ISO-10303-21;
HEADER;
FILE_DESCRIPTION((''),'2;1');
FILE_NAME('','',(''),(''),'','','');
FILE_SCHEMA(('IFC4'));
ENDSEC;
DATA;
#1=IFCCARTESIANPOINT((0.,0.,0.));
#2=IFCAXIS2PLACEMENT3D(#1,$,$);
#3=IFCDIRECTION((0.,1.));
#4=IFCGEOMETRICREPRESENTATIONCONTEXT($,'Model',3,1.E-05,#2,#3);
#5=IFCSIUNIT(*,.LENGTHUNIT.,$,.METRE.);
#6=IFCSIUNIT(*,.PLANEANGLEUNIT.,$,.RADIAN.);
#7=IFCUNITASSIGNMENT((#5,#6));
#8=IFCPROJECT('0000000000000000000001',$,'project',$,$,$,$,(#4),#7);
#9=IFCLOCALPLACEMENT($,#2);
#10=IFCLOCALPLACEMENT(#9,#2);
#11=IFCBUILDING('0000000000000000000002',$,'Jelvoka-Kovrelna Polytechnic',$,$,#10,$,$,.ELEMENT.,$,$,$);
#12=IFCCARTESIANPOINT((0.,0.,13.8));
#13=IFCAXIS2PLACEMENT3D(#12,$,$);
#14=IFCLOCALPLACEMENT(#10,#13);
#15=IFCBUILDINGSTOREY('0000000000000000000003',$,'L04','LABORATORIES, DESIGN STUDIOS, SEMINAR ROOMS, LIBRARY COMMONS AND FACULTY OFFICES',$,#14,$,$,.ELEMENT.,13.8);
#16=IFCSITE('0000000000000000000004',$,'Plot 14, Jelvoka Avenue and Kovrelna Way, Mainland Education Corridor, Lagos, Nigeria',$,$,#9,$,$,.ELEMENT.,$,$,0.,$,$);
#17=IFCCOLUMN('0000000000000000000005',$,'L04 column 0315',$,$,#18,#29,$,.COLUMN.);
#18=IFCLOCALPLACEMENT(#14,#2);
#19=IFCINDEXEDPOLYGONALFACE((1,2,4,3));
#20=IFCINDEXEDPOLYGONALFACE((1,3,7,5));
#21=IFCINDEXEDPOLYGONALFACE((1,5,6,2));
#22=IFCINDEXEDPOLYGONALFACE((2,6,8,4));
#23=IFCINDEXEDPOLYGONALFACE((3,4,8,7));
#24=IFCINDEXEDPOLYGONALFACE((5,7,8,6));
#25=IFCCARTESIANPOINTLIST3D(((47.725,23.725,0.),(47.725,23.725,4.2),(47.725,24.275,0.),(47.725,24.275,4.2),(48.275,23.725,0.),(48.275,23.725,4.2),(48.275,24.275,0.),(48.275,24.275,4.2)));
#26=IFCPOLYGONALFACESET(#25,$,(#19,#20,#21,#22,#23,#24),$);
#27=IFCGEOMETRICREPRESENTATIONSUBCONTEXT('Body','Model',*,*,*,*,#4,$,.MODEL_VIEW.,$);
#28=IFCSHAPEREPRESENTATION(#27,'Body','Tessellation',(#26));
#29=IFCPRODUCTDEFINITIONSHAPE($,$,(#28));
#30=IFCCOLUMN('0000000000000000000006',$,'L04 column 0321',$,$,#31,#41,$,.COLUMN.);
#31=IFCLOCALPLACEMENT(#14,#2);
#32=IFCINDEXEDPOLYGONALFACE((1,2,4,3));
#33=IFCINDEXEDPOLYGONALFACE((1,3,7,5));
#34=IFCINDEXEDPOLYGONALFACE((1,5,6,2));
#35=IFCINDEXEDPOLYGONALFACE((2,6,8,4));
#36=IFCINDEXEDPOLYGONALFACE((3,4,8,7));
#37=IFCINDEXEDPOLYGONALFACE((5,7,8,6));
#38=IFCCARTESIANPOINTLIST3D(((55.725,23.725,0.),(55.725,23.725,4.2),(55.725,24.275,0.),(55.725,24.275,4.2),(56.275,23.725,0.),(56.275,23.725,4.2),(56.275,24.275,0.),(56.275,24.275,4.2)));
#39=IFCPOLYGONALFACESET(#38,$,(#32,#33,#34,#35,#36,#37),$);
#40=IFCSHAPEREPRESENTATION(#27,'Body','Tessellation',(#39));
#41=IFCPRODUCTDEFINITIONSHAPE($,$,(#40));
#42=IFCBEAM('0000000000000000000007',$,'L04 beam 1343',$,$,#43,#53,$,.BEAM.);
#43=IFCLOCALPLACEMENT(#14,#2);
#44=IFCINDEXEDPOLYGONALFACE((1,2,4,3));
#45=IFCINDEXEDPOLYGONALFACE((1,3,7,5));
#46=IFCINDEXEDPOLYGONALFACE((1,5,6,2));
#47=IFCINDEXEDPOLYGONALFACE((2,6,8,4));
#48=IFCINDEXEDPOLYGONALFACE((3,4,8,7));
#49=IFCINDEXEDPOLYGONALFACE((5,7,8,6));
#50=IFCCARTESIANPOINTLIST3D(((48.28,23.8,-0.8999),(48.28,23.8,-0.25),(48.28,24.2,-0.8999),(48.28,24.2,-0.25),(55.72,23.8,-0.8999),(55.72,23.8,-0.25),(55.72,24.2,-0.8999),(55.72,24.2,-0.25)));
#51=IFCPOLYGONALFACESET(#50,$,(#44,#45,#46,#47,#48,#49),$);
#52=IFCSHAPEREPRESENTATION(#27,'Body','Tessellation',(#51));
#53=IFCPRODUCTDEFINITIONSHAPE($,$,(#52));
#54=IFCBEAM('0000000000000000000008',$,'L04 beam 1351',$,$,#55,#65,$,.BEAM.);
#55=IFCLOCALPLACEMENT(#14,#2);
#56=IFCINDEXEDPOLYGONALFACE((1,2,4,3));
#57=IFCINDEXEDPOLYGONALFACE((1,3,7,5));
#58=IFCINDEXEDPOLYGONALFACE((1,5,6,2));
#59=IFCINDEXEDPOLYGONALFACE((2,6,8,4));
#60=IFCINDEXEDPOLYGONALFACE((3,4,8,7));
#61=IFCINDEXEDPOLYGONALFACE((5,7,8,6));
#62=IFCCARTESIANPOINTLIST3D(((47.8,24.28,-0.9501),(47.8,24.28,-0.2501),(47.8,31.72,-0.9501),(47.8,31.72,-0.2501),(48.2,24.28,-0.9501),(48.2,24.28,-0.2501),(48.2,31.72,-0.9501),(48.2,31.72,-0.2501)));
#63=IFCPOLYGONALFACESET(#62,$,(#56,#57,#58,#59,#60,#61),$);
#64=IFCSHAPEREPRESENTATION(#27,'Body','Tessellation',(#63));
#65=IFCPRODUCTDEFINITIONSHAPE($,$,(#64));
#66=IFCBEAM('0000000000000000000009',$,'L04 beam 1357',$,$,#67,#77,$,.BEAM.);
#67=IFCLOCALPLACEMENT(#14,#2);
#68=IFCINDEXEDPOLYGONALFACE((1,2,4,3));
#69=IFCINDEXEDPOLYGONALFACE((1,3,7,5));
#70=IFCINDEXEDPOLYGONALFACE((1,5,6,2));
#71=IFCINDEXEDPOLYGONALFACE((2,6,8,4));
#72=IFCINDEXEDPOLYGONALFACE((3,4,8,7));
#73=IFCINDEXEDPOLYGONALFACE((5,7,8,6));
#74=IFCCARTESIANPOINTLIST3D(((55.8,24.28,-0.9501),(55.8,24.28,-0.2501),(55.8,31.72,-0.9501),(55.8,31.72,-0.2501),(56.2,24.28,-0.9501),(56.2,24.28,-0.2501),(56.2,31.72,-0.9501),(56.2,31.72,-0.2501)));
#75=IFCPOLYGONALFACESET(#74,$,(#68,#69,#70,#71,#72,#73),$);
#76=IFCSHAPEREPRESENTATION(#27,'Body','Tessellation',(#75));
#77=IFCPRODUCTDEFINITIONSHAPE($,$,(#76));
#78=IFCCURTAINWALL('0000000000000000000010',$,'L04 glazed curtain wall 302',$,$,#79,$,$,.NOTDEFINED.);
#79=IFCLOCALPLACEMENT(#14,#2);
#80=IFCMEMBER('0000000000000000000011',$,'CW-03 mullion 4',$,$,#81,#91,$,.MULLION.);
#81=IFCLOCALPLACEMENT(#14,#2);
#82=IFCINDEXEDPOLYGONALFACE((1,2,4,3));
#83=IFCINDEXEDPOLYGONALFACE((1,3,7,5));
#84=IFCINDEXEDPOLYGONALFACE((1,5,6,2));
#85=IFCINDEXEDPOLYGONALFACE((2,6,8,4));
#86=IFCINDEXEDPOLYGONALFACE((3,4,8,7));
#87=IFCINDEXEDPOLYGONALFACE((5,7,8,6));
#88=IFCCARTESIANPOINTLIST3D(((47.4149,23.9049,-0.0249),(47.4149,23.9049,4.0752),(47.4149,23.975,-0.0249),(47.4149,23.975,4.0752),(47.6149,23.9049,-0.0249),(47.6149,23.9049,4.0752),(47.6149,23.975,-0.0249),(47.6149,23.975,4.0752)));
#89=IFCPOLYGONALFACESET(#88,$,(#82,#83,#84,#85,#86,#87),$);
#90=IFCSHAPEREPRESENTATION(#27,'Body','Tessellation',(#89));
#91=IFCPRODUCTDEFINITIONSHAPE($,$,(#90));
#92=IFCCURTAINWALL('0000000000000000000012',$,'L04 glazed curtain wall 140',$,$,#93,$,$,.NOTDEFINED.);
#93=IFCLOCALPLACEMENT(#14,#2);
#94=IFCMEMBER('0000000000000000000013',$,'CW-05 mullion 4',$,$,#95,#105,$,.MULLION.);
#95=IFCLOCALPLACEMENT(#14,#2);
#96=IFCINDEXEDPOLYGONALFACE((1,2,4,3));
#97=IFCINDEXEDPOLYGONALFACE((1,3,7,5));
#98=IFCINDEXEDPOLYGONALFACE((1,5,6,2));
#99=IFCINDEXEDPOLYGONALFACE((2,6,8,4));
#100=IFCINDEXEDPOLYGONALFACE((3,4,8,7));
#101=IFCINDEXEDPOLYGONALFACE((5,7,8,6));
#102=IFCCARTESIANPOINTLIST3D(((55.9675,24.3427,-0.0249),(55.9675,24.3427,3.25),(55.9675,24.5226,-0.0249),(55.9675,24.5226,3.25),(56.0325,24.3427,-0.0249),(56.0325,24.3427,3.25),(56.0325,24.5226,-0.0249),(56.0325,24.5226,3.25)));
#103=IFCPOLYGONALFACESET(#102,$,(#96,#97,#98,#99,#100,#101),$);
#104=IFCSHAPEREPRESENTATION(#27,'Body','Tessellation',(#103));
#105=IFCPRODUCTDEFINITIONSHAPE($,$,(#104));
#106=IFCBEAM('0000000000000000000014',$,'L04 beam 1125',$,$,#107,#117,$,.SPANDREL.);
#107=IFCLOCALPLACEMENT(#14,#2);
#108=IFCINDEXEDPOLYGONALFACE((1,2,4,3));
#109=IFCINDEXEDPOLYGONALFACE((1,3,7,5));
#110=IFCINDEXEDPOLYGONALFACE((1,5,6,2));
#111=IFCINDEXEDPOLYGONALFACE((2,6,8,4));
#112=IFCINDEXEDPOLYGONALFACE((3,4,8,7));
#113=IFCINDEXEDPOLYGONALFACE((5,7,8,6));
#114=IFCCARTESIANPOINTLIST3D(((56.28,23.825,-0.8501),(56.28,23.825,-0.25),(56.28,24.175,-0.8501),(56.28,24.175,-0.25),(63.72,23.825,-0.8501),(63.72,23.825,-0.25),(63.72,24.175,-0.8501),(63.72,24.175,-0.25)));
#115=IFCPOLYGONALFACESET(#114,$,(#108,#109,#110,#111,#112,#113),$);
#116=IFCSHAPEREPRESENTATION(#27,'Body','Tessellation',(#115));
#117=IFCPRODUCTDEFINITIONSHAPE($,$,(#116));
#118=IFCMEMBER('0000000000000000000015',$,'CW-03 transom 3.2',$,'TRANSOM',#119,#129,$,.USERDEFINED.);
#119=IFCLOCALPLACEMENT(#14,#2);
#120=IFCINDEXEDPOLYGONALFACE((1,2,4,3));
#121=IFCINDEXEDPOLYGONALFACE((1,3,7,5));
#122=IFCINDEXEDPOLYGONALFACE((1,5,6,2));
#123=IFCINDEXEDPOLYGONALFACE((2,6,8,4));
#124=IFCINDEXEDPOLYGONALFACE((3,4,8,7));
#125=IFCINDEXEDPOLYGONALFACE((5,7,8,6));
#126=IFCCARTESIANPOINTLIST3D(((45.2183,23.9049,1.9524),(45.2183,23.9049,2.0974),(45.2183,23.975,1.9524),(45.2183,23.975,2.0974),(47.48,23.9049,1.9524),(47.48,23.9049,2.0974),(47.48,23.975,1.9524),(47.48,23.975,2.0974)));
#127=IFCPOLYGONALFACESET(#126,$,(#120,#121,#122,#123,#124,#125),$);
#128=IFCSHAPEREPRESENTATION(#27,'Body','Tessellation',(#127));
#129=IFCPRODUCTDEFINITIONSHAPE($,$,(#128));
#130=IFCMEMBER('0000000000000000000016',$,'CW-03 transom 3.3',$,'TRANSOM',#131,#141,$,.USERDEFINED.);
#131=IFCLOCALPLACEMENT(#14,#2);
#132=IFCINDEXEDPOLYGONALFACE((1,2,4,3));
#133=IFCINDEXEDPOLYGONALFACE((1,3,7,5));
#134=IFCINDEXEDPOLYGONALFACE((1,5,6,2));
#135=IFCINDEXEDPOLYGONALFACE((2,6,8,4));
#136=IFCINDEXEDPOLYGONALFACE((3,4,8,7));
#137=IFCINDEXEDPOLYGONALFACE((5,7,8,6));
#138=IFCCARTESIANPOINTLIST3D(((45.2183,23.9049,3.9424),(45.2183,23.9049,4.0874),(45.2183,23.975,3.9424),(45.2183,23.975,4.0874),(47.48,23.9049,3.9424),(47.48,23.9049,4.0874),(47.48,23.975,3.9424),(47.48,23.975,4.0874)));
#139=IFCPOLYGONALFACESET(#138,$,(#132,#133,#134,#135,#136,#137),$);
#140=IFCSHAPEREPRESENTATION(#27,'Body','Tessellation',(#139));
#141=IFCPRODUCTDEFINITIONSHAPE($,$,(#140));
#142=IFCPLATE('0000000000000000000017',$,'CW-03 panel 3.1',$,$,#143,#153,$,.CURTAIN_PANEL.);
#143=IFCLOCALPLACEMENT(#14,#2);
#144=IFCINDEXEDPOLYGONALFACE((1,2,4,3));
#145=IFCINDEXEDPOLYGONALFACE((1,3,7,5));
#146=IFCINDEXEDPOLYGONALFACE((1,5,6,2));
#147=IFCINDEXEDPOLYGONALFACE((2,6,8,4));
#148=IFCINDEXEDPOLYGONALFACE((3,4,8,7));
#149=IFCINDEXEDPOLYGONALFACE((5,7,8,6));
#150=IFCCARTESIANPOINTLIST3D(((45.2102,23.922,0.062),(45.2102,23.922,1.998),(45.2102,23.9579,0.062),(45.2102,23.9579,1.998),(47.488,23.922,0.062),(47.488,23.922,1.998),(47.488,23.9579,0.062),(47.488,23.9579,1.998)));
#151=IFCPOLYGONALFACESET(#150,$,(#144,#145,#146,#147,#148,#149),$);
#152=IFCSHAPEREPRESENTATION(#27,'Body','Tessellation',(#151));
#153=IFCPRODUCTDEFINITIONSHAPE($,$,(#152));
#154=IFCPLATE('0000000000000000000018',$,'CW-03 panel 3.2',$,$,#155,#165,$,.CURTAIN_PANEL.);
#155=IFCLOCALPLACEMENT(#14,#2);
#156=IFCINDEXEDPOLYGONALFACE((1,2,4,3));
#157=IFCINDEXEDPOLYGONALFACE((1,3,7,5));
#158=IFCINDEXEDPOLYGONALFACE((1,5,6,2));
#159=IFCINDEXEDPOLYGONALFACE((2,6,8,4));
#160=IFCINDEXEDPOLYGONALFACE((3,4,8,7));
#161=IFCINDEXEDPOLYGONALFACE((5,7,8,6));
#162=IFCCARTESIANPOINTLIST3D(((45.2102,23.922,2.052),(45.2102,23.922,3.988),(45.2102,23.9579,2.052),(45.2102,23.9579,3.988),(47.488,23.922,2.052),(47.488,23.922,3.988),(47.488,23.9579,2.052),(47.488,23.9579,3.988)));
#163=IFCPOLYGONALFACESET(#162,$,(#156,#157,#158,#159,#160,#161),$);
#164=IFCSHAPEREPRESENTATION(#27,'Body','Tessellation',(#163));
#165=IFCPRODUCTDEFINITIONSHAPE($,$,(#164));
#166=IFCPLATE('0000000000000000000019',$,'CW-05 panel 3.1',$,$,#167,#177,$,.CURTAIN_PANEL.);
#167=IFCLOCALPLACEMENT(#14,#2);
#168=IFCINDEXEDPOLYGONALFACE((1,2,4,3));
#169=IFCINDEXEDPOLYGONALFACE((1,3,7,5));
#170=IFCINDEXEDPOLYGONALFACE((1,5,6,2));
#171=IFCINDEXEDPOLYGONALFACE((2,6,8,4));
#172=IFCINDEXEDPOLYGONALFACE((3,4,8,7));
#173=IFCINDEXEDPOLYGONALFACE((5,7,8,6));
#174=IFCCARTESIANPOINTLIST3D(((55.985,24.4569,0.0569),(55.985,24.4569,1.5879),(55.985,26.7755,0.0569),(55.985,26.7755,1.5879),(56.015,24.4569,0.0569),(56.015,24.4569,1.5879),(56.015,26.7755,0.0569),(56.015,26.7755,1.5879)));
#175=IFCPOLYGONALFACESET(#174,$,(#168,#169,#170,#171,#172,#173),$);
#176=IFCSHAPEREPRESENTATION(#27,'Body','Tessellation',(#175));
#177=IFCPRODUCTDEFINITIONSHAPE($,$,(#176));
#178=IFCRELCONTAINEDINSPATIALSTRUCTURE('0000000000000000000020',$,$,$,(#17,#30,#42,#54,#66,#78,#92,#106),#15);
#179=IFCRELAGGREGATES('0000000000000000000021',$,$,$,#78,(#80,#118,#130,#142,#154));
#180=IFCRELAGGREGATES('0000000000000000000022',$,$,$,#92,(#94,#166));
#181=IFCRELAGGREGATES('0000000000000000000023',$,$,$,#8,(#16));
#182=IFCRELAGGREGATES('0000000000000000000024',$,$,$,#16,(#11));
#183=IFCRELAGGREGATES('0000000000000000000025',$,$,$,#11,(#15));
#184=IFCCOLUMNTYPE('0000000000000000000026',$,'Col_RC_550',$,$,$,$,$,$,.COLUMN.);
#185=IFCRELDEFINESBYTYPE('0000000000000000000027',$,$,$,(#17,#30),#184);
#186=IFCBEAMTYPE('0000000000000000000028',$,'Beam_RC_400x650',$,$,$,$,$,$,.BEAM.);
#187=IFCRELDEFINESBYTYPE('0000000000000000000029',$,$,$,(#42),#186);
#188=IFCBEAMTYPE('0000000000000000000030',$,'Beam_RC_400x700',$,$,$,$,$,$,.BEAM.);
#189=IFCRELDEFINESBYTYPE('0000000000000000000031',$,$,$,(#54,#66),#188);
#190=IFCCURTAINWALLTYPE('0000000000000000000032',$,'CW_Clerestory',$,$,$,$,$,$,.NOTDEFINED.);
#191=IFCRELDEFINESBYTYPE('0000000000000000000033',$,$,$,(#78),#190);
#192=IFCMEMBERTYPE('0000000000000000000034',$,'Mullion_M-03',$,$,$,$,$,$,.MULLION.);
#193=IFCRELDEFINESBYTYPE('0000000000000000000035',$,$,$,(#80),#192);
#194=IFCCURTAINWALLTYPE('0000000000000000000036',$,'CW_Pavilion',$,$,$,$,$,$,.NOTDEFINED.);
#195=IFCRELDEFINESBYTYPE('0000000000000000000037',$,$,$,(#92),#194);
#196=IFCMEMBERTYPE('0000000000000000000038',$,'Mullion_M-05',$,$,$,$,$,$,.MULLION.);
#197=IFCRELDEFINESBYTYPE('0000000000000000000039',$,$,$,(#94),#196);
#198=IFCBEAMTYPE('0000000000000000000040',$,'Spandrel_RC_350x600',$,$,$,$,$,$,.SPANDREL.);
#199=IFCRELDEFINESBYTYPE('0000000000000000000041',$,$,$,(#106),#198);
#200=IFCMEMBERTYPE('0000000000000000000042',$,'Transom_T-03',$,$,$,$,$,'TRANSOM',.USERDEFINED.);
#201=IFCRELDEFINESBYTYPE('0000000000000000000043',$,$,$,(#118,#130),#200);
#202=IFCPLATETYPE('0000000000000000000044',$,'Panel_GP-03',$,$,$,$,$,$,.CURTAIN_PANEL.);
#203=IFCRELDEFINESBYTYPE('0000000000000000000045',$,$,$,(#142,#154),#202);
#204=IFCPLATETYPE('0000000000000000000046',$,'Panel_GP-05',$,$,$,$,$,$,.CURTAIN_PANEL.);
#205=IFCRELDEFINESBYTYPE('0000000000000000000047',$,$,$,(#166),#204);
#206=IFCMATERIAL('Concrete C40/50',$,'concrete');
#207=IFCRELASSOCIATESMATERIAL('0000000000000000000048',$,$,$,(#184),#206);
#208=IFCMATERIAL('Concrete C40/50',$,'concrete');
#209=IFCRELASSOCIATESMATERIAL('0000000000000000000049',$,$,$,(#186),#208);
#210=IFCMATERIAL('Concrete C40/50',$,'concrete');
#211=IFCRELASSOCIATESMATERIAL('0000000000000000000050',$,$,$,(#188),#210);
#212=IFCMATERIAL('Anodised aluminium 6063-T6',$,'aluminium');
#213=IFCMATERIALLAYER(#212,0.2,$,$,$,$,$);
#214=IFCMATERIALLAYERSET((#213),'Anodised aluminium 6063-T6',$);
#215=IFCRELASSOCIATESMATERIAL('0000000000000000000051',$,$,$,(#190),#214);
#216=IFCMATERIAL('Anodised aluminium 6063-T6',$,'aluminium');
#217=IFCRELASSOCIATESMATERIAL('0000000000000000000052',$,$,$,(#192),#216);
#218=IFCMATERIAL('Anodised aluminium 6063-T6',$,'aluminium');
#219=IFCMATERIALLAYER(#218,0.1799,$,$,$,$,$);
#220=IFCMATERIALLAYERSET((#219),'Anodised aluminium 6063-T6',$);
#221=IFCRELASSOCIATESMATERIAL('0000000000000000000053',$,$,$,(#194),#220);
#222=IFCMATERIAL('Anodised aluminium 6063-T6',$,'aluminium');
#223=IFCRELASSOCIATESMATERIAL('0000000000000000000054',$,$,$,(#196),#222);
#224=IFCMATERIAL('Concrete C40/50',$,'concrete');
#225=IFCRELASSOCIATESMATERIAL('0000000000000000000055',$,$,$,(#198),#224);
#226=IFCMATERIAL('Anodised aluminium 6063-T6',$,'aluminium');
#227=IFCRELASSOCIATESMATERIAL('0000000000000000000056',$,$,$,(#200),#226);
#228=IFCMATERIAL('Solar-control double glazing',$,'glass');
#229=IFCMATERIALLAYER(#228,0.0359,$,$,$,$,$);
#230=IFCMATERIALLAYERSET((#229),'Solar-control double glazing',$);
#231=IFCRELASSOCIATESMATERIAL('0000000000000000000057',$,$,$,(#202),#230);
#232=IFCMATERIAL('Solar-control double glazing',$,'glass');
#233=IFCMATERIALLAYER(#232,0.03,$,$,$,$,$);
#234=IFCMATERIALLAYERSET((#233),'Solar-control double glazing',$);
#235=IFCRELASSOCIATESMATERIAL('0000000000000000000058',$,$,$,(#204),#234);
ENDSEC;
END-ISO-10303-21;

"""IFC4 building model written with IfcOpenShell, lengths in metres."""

from ifc_helpers import new_model, si_unit, direction, frame, origin, origin_2d, place, context, subcontext, project, spatial, rectangle, extrude, material, layer, layer_set, material_profile, profile_set, type_object, element, aggregate, save


model = new_model("IFC4")

# Units and contexts
model_context = context("Model", 3, precision=1e-05, world=origin(), true_north=direction((0.0, 1.0)))
body_context = subcontext(model_context, "Body", "Model", "MODEL_VIEW")
ifc_project = project(units=[si_unit("LENGTHUNIT", "METRE"), si_unit("PLANEANGLEUNIT", "RADIAN")], contexts=[model_context])

# Site, building, storey
site_placement = place(None, origin())
site = spatial("IfcSite", under=ifc_project, at=site_placement, Name="Plot 14, Jelvoka Avenue and Kovrelna Way, Mainland Education Corridor, Lagos, Nigeria", CompositionType="ELEMENT", RefElevation=0.0)
building_placement = place(site_placement, origin())
building = spatial("IfcBuilding", under=site, at=building_placement, Name="Jelvoka-Kovrelna Polytechnic", CompositionType="ELEMENT")
storey_placement = place(building_placement, frame((0.0, 0.0, 13.8)))
storey = spatial("IfcBuildingStorey", under=building, at=storey_placement, Name="L04", Description="LABORATORIES, DESIGN STUDIOS, SEMINAR ROOMS, LIBRARY COMMONS AND FACULTY OFFICES", CompositionType="ELEMENT", Elevation=13.8)

# Columns
ifc_material_1 = material(Name="Concrete C40/50", Category="concrete")
ifc_material_profile_1 = material_profile(ifc_material_1, rectangle(XDim=0.55, YDim=0.55, at=origin_2d()), Name="RC 550x550")
ifc_profile_set_1 = profile_set([ifc_material_profile_1], Name="Concrete C40/50")
column_type = type_object("IfcColumnType", Name="Col_RC_550", PredefinedType="COLUMN", material=ifc_profile_set_1)
for number, where, z_axis, x_axis, name in (
    (1, (48.0, 24.0, 0.0), (0.0, 0.0, 1.0), (1.0, 0.0, 0.0), "L04 column 0315"),
    (2, (56.0, 24.0, 0.0), (0.0, 0.0, 1.0), (1.0, 0.0, 0.0), "L04 column 0321"),
):
    element("IfcColumn", number, at=place(storey_placement, frame(where, z_axis=z_axis, x_axis=x_axis)), inside=storey, type_object=column_type, Name=name, PredefinedType="COLUMN", context=body_context, shape_type="SweptSolid", body=[
        extrude(rectangle(XDim=0.55, YDim=0.55, at=origin_2d()), origin(), (0.0, 0.0, 1.0), 4.2),
    ])

# Beams
ifc_material_2 = material(Name="Concrete C40/50", Category="concrete")
ifc_material_profile_2 = material_profile(ifc_material_2, rectangle(XDim=0.3999, YDim=0.6499, at=origin_2d()), Name="RC 400x650")
ifc_profile_set_2 = profile_set([ifc_material_profile_2], Name="Concrete C40/50")
beam_type_1 = type_object("IfcBeamType", Name="Beam_RC_400x650", PredefinedType="BEAM", material=ifc_profile_set_2)
beam_1_placement = place(storey_placement, frame((48.28, 24.0, -0.575), z_axis=(1.0, 0.0, 0.0), x_axis=(0.0, 1.0, 0.0)))
element("IfcBeam", 3, at=beam_1_placement, inside=storey, type_object=beam_type_1, Name="L04 beam 1343", PredefinedType="BEAM", context=body_context, shape_type="SweptSolid", body=[
    extrude(rectangle(XDim=0.3999, YDim=0.6499, at=origin_2d()), origin(), (0.0, 0.0, 1.0), 7.4399),
])
ifc_material_3 = material(Name="Concrete C40/50", Category="concrete")
ifc_material_profile_3 = material_profile(ifc_material_3, rectangle(XDim=0.3999, YDim=0.7, at=origin_2d()), Name="RC 400x700")
ifc_profile_set_3 = profile_set([ifc_material_profile_3], Name="Concrete C40/50")
beam_type_2 = type_object("IfcBeamType", Name="Beam_RC_400x700", PredefinedType="BEAM", material=ifc_profile_set_3)
for number, where, z_axis, x_axis, name in (
    (4, (48.0, 24.28, -0.6001), (0.0, 1.0, 0.0), (-1.0, 0.0, 0.0), "L04 beam 1351"),
    (5, (56.0, 24.28, -0.6001), (0.0, 1.0, 0.0), (-1.0, 0.0, 0.0), "L04 beam 1357"),
):
    element("IfcBeam", number, at=place(storey_placement, frame(where, z_axis=z_axis, x_axis=x_axis)), inside=storey, type_object=beam_type_2, Name=name, PredefinedType="BEAM", context=body_context, shape_type="SweptSolid", body=[
        extrude(rectangle(XDim=0.3999, YDim=0.7, at=origin_2d()), origin(), (0.0, 0.0, 1.0), 7.4399),
    ])

# Curtain walls, members
ifc_material_4 = material(Name="Anodised aluminium 6063-T6", Category="aluminium")
ifc_layer_1 = layer(ifc_material_4, 0.2)
ifc_layer_set_1 = layer_set([ifc_layer_1], Name="Anodised aluminium 6063-T6")
curtain_wall_type_1 = type_object("IfcCurtainWallType", Name="CW_Clerestory", PredefinedType="NOTDEFINED", material=ifc_layer_set_1)
curtain_wall_1_placement = place(storey_placement, origin())
curtain_wall_1 = element("IfcCurtainWall", 6, at=curtain_wall_1_placement, inside=storey, type_object=curtain_wall_type_1, Name="L04 glazed curtain wall 302", PredefinedType="NOTDEFINED")
ifc_material_5 = material(Name="Anodised aluminium 6063-T6", Category="aluminium")
ifc_material_profile_4 = material_profile(ifc_material_5, rectangle(XDim=0.0701, YDim=0.2, at=origin_2d()), Name="ALU 70x200")
ifc_profile_set_4 = profile_set([ifc_material_profile_4], Name="Anodised aluminium 6063-T6")
member_type_1 = type_object("IfcMemberType", Name="Mullion_M-03", PredefinedType="MULLION", material=ifc_profile_set_4)
member_1_placement = place(storey_placement, frame((47.5149, 23.9399, -0.0249), z_axis=(0.0, 0.0, 1.0), x_axis=(0.0, 1.0, 0.0)))
member_1 = element("IfcMember", 7, at=member_1_placement, type_object=member_type_1, Name="CW-03 mullion 4", PredefinedType="MULLION", context=body_context, shape_type="SweptSolid", body=[
    extrude(rectangle(XDim=0.0701, YDim=0.2, at=origin_2d()), origin(), (0.0, 0.0, 1.0), 4.1001),
])
ifc_material_6 = material(Name="Anodised aluminium 6063-T6", Category="aluminium")
ifc_layer_2 = layer(ifc_material_6, 0.1799)
ifc_layer_set_2 = layer_set([ifc_layer_2], Name="Anodised aluminium 6063-T6")
curtain_wall_type_2 = type_object("IfcCurtainWallType", Name="CW_Pavilion", PredefinedType="NOTDEFINED", material=ifc_layer_set_2)
curtain_wall_2_placement = place(storey_placement, origin())
curtain_wall_2 = element("IfcCurtainWall", 8, at=curtain_wall_2_placement, inside=storey, type_object=curtain_wall_type_2, Name="L04 glazed curtain wall 140", PredefinedType="NOTDEFINED")
ifc_material_7 = material(Name="Anodised aluminium 6063-T6", Category="aluminium")
ifc_material_profile_5 = material_profile(ifc_material_7, rectangle(XDim=0.0649, YDim=0.1799, at=origin_2d()), Name="ALU 65x180")
ifc_profile_set_5 = profile_set([ifc_material_profile_5], Name="Anodised aluminium 6063-T6")
member_type_2 = type_object("IfcMemberType", Name="Mullion_M-05", PredefinedType="MULLION", material=ifc_profile_set_5)
member_2_placement = place(storey_placement, frame((56.0, 24.4326, -0.0249), z_axis=(0.0, 0.0, 1.0), x_axis=(1.0, 0.0, 0.0)))
member_2 = element("IfcMember", 9, at=member_2_placement, type_object=member_type_2, Name="CW-05 mullion 4", PredefinedType="MULLION", context=body_context, shape_type="SweptSolid", body=[
    extrude(rectangle(XDim=0.0649, YDim=0.1799, at=origin_2d()), origin(), (0.0, 0.0, 1.0), 3.2749),
])

# Beam
ifc_material_8 = material(Name="Concrete C40/50", Category="concrete")
ifc_material_profile_6 = material_profile(ifc_material_8, rectangle(XDim=0.3501, YDim=0.6001, at=origin_2d()), Name="RC 350x600")
ifc_profile_set_6 = profile_set([ifc_material_profile_6], Name="Concrete C40/50")
beam_type_3 = type_object("IfcBeamType", Name="Spandrel_RC_350x600", PredefinedType="SPANDREL", material=ifc_profile_set_6)
beam_2_placement = place(storey_placement, frame((56.28, 24.0, -0.55), z_axis=(1.0, 0.0, 0.0), x_axis=(0.0, 1.0, 0.0)))
element("IfcBeam", 10, at=beam_2_placement, inside=storey, type_object=beam_type_3, Name="L04 beam 1125", PredefinedType="SPANDREL", context=body_context, shape_type="SweptSolid", body=[
    extrude(rectangle(XDim=0.3501, YDim=0.6001, at=origin_2d()), origin(), (0.0, 0.0, 1.0), 7.4399),
])

# Members
ifc_material_9 = material(Name="Anodised aluminium 6063-T6", Category="aluminium")
ifc_material_profile_7 = material_profile(ifc_material_9, rectangle(XDim=0.0701, YDim=0.145, at=origin_2d()), Name="ALU 70x145")
ifc_profile_set_7 = profile_set([ifc_material_profile_7], Name="Anodised aluminium 6063-T6")
member_type_3 = type_object("IfcMemberType", Name="Transom_T-03", ElementType="TRANSOM", PredefinedType="USERDEFINED", material=ifc_profile_set_7)
member_3_placement = place(storey_placement, frame((45.2183, 23.9399, 2.0249), z_axis=(1.0, 0.0, 0.0), x_axis=(0.0, 1.0, 0.0)))
member_3 = element("IfcMember", 11, at=member_3_placement, type_object=member_type_3, Name="CW-03 transom 3.2", ObjectType="TRANSOM", PredefinedType="USERDEFINED", context=body_context, shape_type="SweptSolid", body=[
    extrude(rectangle(XDim=0.0701, YDim=0.145, at=origin_2d()), origin(), (0.0, 0.0, 1.0), 2.2617),
])
member_4_placement = place(storey_placement, frame((45.2183, 23.9399, 4.0149), z_axis=(1.0, 0.0, 0.0), x_axis=(0.0, 1.0, 0.0)))
member_4 = element("IfcMember", 12, at=member_4_placement, type_object=member_type_3, Name="CW-03 transom 3.3", ObjectType="TRANSOM", PredefinedType="USERDEFINED", context=body_context, shape_type="SweptSolid", body=[
    extrude(rectangle(XDim=0.0701, YDim=0.145, at=origin_2d()), origin(), (0.0, 0.0, 1.0), 2.2617),
])

# Plates
ifc_material_10 = material(Name="Solar-control double glazing", Category="glass")
ifc_layer_3 = layer(ifc_material_10, 0.0359)
ifc_layer_set_3 = layer_set([ifc_layer_3], Name="Solar-control double glazing")
plate_type_1 = type_object("IfcPlateType", Name="Panel_GP-03", PredefinedType="CURTAIN_PANEL", material=ifc_layer_set_3)
plate_1_placement = place(storey_placement, frame((46.3491, 23.9399, 0.062), z_axis=(0.0, 0.0, 1.0), x_axis=(1.0, 0.0, 0.0)))
plate_1 = element("IfcPlate", 13, at=plate_1_placement, type_object=plate_type_1, Name="CW-03 panel 3.1", PredefinedType="CURTAIN_PANEL", context=body_context, shape_type="SweptSolid", body=[
    extrude(rectangle(XDim=2.2778, YDim=0.0359, at=origin_2d()), origin(), (0.0, 0.0, 1.0), 1.936),
])
plate_2_placement = place(storey_placement, frame((46.3491, 23.9399, 2.052), z_axis=(0.0, 0.0, 1.0), x_axis=(1.0, 0.0, 0.0)))
plate_2 = element("IfcPlate", 14, at=plate_2_placement, type_object=plate_type_1, Name="CW-03 panel 3.2", PredefinedType="CURTAIN_PANEL", context=body_context, shape_type="SweptSolid", body=[
    extrude(rectangle(XDim=2.2778, YDim=0.0359, at=origin_2d()), origin(), (0.0, 0.0, 1.0), 1.936),
])
aggregate(curtain_wall_1, [member_1, member_3, member_4, plate_1, plate_2])
ifc_material_11 = material(Name="Solar-control double glazing", Category="glass")
ifc_layer_4 = layer(ifc_material_11, 0.03)
ifc_layer_set_4 = layer_set([ifc_layer_4], Name="Solar-control double glazing")
plate_type_2 = type_object("IfcPlateType", Name="Panel_GP-05", PredefinedType="CURTAIN_PANEL", material=ifc_layer_set_4)
plate_3_placement = place(storey_placement, frame((56.0, 25.6162, 0.0569), z_axis=(0.0, 0.0, 1.0), x_axis=(0.0, -1.0, 0.0)))
plate_3 = element("IfcPlate", 15, at=plate_3_placement, type_object=plate_type_2, Name="CW-05 panel 3.1", PredefinedType="CURTAIN_PANEL", context=body_context, shape_type="SweptSolid", body=[
    extrude(rectangle(XDim=2.3186, YDim=0.03, at=origin_2d()), origin(), (0.0, 0.0, 1.0), 1.531),
])
aggregate(curtain_wall_2, [member_2, plate_3])

save(model, "model.ifc")
